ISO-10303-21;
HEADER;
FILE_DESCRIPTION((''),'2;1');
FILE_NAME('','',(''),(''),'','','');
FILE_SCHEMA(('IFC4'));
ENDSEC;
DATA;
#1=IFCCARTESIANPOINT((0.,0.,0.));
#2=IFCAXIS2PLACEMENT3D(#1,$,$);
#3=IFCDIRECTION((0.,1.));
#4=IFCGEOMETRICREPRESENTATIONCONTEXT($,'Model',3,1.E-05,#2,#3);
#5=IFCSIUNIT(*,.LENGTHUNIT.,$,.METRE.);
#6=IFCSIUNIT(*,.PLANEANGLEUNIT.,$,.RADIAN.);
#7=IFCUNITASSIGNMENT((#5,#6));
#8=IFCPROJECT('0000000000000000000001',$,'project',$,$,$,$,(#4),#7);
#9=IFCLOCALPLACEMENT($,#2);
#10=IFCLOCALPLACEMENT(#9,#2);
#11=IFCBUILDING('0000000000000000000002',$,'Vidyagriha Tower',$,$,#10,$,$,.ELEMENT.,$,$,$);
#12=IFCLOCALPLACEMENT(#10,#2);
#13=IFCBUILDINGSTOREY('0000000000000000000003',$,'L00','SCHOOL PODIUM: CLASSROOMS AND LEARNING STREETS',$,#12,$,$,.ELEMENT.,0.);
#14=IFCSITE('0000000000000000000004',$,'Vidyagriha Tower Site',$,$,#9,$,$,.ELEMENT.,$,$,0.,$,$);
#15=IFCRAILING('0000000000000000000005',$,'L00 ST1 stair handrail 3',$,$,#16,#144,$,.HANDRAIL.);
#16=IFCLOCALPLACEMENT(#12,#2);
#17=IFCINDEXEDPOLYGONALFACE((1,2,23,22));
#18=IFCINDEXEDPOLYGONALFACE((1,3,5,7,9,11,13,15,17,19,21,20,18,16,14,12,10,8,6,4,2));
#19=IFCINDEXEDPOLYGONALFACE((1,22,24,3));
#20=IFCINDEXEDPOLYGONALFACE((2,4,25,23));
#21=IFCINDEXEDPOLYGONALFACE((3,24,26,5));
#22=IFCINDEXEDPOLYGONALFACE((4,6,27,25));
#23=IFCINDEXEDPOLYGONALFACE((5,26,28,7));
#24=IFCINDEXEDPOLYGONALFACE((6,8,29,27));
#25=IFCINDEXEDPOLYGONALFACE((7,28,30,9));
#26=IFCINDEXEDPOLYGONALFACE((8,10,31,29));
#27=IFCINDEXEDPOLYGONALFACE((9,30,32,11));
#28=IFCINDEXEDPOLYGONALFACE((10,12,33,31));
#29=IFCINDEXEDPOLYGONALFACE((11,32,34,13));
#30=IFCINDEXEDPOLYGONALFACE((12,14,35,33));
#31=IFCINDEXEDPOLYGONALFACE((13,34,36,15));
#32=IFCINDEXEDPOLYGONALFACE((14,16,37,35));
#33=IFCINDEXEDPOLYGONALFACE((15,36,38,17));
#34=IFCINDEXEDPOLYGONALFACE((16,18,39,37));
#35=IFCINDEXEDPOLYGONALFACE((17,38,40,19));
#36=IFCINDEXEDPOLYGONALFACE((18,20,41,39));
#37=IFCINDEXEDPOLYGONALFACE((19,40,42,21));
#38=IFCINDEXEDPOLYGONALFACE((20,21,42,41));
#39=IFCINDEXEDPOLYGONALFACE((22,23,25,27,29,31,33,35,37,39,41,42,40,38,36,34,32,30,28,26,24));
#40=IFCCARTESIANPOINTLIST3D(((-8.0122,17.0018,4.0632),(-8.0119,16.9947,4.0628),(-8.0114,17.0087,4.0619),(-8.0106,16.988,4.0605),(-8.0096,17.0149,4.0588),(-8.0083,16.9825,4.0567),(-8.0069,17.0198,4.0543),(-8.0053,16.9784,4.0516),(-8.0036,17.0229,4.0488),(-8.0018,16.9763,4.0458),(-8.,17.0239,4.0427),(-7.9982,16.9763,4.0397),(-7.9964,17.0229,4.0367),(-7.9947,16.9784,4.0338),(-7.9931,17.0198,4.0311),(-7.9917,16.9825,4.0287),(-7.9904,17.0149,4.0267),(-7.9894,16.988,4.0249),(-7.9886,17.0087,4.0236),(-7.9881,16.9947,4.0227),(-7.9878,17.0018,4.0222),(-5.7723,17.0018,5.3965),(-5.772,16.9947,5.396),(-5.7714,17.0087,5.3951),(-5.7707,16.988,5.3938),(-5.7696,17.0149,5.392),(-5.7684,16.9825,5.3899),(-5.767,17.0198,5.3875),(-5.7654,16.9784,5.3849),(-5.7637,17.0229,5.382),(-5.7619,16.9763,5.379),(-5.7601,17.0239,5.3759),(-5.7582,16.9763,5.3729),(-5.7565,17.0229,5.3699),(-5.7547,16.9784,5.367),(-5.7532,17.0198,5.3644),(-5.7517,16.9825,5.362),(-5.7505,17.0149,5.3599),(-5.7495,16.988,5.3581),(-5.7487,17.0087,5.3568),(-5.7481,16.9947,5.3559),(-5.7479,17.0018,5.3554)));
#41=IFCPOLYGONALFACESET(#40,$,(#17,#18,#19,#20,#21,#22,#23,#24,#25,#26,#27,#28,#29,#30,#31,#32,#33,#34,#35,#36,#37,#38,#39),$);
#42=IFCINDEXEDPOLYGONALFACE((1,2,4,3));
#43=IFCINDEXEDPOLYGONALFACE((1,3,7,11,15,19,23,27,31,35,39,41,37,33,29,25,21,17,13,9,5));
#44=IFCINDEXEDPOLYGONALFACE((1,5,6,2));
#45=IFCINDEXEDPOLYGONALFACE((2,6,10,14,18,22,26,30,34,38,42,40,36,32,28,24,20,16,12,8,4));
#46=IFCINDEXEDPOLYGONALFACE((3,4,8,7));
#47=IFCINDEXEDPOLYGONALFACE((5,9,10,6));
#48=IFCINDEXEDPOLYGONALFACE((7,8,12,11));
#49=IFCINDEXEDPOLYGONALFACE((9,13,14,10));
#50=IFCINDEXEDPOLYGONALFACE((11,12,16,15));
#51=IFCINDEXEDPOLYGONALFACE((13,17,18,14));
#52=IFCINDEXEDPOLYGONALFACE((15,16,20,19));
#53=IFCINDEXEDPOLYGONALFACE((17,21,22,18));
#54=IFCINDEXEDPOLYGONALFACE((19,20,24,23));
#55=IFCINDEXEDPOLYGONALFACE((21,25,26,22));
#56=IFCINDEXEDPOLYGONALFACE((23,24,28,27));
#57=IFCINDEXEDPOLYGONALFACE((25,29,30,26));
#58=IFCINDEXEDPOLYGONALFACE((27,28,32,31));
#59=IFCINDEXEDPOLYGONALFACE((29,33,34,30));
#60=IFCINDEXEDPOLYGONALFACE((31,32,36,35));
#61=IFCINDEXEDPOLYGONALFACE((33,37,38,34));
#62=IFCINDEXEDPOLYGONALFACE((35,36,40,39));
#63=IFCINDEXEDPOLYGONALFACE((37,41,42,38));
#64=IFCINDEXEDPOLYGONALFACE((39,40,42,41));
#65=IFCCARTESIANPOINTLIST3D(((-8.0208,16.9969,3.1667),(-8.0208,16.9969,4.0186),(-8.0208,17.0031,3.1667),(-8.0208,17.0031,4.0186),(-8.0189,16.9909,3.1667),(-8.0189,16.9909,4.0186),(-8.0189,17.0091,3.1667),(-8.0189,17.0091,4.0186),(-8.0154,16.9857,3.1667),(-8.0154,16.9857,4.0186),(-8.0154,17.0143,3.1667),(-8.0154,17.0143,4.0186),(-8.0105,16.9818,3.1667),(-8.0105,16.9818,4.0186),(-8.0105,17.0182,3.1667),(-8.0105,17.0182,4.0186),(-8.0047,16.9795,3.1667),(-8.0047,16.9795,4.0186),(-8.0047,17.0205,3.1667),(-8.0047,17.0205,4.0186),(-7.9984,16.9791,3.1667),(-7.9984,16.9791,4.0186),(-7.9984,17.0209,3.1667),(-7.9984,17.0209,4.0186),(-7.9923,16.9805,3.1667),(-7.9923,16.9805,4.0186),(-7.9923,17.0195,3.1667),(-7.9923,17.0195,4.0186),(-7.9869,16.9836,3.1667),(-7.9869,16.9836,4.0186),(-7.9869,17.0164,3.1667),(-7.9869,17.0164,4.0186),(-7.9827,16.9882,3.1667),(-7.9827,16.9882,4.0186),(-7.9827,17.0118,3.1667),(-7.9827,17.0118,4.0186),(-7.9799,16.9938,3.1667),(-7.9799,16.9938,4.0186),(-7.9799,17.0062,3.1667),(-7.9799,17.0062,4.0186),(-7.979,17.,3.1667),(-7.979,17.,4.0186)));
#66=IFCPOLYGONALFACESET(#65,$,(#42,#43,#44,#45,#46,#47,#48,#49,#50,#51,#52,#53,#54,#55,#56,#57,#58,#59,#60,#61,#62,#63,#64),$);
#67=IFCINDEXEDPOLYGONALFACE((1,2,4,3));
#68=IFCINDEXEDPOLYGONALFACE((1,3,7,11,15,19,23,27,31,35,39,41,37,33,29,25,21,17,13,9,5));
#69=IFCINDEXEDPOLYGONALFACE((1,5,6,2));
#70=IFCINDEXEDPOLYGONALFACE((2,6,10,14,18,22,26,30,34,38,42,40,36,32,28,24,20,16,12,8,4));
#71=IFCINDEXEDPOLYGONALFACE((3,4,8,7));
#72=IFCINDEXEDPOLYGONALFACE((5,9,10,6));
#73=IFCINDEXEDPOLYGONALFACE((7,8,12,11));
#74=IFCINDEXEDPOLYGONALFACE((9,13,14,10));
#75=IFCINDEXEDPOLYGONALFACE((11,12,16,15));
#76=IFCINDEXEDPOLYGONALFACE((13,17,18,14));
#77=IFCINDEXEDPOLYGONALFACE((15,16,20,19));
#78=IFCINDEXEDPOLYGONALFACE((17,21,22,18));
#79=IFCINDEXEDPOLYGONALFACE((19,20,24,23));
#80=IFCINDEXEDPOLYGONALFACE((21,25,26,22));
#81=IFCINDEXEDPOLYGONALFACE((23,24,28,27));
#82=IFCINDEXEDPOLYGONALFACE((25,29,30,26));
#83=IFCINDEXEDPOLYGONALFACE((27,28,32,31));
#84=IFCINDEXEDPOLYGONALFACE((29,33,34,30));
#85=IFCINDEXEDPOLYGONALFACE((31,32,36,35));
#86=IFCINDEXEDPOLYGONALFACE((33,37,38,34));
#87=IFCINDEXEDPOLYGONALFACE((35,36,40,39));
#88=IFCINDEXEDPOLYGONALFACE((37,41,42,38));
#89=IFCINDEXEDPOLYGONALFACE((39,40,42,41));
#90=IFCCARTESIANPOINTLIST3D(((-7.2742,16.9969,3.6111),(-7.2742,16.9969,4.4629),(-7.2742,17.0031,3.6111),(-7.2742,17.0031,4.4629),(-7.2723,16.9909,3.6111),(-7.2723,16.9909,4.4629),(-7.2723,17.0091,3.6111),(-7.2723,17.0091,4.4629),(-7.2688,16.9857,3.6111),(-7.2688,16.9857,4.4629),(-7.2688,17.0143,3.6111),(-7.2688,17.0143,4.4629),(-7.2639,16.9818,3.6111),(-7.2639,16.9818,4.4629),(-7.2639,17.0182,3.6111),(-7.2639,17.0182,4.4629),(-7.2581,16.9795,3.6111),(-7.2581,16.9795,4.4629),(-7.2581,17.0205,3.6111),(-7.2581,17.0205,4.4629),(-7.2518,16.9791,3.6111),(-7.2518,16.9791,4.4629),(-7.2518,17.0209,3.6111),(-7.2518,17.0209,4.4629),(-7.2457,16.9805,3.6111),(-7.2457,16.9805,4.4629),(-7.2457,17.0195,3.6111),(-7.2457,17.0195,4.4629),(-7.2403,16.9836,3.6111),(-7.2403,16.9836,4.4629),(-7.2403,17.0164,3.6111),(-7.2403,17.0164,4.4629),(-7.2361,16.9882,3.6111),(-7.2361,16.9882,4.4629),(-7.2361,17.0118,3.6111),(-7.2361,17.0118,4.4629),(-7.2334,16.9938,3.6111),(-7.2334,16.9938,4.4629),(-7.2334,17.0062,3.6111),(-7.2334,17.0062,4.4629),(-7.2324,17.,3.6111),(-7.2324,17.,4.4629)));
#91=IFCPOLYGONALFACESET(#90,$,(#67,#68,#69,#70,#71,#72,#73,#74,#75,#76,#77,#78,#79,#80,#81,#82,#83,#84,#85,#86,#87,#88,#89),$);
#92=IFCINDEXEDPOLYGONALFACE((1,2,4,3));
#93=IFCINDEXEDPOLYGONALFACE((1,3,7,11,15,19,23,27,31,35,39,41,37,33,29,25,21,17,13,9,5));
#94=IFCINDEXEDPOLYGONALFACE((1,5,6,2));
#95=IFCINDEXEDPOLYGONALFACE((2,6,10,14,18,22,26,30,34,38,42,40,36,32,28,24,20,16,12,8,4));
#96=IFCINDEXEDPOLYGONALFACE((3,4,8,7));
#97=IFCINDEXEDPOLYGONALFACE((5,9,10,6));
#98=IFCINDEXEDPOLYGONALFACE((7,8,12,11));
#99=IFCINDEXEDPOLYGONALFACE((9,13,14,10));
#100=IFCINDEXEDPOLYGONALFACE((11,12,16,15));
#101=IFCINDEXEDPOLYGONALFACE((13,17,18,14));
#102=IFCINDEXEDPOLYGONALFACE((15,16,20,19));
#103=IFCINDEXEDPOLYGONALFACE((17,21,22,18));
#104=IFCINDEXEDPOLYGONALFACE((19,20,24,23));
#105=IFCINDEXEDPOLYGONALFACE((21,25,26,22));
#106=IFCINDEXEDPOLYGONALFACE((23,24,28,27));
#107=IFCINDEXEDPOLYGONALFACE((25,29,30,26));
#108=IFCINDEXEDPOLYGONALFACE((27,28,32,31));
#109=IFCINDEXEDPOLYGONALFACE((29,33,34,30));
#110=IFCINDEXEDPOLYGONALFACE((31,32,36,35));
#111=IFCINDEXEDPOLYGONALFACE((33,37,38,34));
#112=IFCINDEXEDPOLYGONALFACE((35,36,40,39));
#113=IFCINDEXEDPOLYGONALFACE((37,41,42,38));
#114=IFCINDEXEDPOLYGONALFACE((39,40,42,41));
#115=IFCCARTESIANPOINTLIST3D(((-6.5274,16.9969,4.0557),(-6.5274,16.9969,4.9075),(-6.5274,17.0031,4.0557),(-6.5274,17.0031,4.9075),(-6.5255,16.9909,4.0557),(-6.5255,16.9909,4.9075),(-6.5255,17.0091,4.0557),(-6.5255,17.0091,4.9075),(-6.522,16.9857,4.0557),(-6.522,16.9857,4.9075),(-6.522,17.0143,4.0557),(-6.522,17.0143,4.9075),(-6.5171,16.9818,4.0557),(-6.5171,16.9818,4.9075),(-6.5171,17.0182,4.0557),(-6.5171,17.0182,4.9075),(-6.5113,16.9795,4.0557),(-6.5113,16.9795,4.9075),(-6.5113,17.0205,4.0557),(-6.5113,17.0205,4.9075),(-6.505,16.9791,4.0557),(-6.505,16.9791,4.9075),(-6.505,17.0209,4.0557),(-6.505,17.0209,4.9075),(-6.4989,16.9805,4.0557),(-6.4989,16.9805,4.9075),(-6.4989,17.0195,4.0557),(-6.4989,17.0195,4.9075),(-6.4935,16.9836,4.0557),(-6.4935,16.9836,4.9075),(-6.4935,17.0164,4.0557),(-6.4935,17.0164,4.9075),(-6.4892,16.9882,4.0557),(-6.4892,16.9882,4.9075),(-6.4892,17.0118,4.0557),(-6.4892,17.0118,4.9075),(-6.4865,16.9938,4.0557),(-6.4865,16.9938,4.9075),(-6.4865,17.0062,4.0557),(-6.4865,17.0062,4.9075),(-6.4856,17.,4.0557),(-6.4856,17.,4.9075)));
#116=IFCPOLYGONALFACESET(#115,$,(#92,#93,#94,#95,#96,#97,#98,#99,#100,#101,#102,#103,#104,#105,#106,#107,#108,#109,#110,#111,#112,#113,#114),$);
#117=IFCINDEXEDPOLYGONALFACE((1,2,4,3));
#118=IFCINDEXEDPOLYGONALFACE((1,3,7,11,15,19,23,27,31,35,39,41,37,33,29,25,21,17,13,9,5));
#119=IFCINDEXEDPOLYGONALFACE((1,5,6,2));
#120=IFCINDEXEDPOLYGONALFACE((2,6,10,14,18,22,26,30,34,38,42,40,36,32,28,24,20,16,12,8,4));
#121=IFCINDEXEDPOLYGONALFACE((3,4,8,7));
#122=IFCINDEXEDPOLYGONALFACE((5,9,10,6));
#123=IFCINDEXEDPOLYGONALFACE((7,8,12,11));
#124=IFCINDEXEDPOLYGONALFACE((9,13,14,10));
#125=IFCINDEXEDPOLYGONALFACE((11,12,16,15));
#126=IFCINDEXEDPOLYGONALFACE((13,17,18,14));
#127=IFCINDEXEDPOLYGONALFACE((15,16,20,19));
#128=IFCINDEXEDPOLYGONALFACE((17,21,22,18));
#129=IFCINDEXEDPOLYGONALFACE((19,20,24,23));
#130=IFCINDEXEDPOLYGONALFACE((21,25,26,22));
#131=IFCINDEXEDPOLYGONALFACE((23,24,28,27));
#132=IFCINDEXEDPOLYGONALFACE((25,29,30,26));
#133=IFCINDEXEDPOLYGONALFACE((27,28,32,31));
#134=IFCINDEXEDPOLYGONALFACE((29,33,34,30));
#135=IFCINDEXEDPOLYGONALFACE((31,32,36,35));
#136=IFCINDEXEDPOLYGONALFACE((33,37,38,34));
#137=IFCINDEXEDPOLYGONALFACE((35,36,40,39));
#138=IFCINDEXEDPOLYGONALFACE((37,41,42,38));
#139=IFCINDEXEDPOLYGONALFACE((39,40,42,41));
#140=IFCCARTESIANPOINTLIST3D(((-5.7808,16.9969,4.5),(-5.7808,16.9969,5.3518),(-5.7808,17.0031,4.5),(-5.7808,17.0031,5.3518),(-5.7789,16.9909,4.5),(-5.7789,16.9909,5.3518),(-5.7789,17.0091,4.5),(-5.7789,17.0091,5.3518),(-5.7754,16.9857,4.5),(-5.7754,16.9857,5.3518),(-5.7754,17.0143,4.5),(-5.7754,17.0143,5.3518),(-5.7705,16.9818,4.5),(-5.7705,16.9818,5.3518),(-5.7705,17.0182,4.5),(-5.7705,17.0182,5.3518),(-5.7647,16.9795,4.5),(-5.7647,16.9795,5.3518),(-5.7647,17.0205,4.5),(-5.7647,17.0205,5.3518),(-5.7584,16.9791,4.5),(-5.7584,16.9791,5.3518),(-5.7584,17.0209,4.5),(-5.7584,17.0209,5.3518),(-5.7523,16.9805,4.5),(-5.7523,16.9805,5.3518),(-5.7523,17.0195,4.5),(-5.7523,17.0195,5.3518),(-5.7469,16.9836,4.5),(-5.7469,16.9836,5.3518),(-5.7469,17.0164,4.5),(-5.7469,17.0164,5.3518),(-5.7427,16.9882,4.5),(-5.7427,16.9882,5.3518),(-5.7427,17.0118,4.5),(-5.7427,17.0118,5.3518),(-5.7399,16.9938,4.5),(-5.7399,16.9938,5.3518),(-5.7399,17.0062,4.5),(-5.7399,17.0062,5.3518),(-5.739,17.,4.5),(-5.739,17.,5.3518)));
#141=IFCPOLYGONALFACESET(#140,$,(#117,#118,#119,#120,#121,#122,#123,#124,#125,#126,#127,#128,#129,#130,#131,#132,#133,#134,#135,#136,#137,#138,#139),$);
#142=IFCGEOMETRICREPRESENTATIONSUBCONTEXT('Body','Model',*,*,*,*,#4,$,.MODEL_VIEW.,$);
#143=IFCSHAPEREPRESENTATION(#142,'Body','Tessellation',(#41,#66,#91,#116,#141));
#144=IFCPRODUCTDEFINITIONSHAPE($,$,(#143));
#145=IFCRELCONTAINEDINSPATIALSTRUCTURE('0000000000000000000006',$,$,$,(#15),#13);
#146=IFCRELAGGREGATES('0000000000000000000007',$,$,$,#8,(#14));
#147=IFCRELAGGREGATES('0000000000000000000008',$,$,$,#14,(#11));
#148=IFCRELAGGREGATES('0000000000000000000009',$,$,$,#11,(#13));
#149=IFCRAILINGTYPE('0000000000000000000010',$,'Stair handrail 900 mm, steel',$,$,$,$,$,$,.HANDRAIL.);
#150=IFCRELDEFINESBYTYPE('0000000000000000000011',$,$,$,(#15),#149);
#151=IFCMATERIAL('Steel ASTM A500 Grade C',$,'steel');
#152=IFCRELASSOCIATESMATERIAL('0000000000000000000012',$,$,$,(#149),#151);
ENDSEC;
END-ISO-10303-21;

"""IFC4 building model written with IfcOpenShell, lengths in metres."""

from ifc_helpers import new_model, si_unit, direction, frame, origin, origin_2d, place, context, subcontext, project, spatial, circle, extrude, material, type_object, element, save


model = new_model("IFC4")

# Units and contexts
model_context = context("Model", 3, precision=1e-05, world=origin(), true_north=direction((0.0, 1.0)))
body_context = subcontext(model_context, "Body", "Model", "MODEL_VIEW")
ifc_project = project(units=[si_unit("LENGTHUNIT", "METRE"), si_unit("PLANEANGLEUNIT", "RADIAN")], contexts=[model_context])

# Site, building, storey
site_placement = place(None, origin())
site = spatial("IfcSite", under=ifc_project, at=site_placement, Name="Vidyagriha Tower Site", CompositionType="ELEMENT", RefElevation=0.0)
building_placement = place(site_placement, origin())
building = spatial("IfcBuilding", under=site, at=building_placement, Name="Vidyagriha Tower", CompositionType="ELEMENT")
storey_placement = place(building_placement, origin())
storey = spatial("IfcBuildingStorey", under=building, at=storey_placement, Name="L00", Description="SCHOOL PODIUM: CLASSROOMS AND LEARNING STREETS", CompositionType="ELEMENT", Elevation=0.0)

# Railing
ifc_material_1 = material(Name="Steel ASTM A500 Grade C", Category="steel")
railing_type_1 = type_object("IfcRailingType", Name="Stair handrail 900 mm, steel", PredefinedType="HANDRAIL", material=ifc_material_1)
railing_1_placement = place(storey_placement, frame((-8.0, 17.0, 3.1667)))
element("IfcRailing", 1, at=railing_1_placement, inside=storey, type_object=railing_type_1, Name="L00 ST1 stair handrail 3", PredefinedType="HANDRAIL", context=body_context, shape_type="SweptSolid", body=[
    extrude(circle(Radius=0.0239, at=origin_2d()), frame((0.0, 0.0, 0.876), z_axis=(0.859306, 0.0, 0.511462), x_axis=(0.0, 1.0, 0.0)), (0.0, 0.0, 1.0), 2.6067),
    extrude(circle(Radius=0.021, at=origin_2d()), origin(), (0.0, 0.0, 1.0), 0.8518),
    extrude(circle(Radius=0.021, at=origin_2d()), frame((0.7466, 0.0, 0.4443)), (0.0, 0.0, 1.0), 0.8518),
    extrude(circle(Radius=0.021, at=origin_2d()), frame((1.4934, 0.0, 0.8889)), (0.0, 0.0, 1.0), 0.8518),
    extrude(circle(Radius=0.021, at=origin_2d()), frame((2.24, 0.0, 1.3333)), (0.0, 0.0, 1.0), 0.8518),
])

save(model, "model.ifc")
